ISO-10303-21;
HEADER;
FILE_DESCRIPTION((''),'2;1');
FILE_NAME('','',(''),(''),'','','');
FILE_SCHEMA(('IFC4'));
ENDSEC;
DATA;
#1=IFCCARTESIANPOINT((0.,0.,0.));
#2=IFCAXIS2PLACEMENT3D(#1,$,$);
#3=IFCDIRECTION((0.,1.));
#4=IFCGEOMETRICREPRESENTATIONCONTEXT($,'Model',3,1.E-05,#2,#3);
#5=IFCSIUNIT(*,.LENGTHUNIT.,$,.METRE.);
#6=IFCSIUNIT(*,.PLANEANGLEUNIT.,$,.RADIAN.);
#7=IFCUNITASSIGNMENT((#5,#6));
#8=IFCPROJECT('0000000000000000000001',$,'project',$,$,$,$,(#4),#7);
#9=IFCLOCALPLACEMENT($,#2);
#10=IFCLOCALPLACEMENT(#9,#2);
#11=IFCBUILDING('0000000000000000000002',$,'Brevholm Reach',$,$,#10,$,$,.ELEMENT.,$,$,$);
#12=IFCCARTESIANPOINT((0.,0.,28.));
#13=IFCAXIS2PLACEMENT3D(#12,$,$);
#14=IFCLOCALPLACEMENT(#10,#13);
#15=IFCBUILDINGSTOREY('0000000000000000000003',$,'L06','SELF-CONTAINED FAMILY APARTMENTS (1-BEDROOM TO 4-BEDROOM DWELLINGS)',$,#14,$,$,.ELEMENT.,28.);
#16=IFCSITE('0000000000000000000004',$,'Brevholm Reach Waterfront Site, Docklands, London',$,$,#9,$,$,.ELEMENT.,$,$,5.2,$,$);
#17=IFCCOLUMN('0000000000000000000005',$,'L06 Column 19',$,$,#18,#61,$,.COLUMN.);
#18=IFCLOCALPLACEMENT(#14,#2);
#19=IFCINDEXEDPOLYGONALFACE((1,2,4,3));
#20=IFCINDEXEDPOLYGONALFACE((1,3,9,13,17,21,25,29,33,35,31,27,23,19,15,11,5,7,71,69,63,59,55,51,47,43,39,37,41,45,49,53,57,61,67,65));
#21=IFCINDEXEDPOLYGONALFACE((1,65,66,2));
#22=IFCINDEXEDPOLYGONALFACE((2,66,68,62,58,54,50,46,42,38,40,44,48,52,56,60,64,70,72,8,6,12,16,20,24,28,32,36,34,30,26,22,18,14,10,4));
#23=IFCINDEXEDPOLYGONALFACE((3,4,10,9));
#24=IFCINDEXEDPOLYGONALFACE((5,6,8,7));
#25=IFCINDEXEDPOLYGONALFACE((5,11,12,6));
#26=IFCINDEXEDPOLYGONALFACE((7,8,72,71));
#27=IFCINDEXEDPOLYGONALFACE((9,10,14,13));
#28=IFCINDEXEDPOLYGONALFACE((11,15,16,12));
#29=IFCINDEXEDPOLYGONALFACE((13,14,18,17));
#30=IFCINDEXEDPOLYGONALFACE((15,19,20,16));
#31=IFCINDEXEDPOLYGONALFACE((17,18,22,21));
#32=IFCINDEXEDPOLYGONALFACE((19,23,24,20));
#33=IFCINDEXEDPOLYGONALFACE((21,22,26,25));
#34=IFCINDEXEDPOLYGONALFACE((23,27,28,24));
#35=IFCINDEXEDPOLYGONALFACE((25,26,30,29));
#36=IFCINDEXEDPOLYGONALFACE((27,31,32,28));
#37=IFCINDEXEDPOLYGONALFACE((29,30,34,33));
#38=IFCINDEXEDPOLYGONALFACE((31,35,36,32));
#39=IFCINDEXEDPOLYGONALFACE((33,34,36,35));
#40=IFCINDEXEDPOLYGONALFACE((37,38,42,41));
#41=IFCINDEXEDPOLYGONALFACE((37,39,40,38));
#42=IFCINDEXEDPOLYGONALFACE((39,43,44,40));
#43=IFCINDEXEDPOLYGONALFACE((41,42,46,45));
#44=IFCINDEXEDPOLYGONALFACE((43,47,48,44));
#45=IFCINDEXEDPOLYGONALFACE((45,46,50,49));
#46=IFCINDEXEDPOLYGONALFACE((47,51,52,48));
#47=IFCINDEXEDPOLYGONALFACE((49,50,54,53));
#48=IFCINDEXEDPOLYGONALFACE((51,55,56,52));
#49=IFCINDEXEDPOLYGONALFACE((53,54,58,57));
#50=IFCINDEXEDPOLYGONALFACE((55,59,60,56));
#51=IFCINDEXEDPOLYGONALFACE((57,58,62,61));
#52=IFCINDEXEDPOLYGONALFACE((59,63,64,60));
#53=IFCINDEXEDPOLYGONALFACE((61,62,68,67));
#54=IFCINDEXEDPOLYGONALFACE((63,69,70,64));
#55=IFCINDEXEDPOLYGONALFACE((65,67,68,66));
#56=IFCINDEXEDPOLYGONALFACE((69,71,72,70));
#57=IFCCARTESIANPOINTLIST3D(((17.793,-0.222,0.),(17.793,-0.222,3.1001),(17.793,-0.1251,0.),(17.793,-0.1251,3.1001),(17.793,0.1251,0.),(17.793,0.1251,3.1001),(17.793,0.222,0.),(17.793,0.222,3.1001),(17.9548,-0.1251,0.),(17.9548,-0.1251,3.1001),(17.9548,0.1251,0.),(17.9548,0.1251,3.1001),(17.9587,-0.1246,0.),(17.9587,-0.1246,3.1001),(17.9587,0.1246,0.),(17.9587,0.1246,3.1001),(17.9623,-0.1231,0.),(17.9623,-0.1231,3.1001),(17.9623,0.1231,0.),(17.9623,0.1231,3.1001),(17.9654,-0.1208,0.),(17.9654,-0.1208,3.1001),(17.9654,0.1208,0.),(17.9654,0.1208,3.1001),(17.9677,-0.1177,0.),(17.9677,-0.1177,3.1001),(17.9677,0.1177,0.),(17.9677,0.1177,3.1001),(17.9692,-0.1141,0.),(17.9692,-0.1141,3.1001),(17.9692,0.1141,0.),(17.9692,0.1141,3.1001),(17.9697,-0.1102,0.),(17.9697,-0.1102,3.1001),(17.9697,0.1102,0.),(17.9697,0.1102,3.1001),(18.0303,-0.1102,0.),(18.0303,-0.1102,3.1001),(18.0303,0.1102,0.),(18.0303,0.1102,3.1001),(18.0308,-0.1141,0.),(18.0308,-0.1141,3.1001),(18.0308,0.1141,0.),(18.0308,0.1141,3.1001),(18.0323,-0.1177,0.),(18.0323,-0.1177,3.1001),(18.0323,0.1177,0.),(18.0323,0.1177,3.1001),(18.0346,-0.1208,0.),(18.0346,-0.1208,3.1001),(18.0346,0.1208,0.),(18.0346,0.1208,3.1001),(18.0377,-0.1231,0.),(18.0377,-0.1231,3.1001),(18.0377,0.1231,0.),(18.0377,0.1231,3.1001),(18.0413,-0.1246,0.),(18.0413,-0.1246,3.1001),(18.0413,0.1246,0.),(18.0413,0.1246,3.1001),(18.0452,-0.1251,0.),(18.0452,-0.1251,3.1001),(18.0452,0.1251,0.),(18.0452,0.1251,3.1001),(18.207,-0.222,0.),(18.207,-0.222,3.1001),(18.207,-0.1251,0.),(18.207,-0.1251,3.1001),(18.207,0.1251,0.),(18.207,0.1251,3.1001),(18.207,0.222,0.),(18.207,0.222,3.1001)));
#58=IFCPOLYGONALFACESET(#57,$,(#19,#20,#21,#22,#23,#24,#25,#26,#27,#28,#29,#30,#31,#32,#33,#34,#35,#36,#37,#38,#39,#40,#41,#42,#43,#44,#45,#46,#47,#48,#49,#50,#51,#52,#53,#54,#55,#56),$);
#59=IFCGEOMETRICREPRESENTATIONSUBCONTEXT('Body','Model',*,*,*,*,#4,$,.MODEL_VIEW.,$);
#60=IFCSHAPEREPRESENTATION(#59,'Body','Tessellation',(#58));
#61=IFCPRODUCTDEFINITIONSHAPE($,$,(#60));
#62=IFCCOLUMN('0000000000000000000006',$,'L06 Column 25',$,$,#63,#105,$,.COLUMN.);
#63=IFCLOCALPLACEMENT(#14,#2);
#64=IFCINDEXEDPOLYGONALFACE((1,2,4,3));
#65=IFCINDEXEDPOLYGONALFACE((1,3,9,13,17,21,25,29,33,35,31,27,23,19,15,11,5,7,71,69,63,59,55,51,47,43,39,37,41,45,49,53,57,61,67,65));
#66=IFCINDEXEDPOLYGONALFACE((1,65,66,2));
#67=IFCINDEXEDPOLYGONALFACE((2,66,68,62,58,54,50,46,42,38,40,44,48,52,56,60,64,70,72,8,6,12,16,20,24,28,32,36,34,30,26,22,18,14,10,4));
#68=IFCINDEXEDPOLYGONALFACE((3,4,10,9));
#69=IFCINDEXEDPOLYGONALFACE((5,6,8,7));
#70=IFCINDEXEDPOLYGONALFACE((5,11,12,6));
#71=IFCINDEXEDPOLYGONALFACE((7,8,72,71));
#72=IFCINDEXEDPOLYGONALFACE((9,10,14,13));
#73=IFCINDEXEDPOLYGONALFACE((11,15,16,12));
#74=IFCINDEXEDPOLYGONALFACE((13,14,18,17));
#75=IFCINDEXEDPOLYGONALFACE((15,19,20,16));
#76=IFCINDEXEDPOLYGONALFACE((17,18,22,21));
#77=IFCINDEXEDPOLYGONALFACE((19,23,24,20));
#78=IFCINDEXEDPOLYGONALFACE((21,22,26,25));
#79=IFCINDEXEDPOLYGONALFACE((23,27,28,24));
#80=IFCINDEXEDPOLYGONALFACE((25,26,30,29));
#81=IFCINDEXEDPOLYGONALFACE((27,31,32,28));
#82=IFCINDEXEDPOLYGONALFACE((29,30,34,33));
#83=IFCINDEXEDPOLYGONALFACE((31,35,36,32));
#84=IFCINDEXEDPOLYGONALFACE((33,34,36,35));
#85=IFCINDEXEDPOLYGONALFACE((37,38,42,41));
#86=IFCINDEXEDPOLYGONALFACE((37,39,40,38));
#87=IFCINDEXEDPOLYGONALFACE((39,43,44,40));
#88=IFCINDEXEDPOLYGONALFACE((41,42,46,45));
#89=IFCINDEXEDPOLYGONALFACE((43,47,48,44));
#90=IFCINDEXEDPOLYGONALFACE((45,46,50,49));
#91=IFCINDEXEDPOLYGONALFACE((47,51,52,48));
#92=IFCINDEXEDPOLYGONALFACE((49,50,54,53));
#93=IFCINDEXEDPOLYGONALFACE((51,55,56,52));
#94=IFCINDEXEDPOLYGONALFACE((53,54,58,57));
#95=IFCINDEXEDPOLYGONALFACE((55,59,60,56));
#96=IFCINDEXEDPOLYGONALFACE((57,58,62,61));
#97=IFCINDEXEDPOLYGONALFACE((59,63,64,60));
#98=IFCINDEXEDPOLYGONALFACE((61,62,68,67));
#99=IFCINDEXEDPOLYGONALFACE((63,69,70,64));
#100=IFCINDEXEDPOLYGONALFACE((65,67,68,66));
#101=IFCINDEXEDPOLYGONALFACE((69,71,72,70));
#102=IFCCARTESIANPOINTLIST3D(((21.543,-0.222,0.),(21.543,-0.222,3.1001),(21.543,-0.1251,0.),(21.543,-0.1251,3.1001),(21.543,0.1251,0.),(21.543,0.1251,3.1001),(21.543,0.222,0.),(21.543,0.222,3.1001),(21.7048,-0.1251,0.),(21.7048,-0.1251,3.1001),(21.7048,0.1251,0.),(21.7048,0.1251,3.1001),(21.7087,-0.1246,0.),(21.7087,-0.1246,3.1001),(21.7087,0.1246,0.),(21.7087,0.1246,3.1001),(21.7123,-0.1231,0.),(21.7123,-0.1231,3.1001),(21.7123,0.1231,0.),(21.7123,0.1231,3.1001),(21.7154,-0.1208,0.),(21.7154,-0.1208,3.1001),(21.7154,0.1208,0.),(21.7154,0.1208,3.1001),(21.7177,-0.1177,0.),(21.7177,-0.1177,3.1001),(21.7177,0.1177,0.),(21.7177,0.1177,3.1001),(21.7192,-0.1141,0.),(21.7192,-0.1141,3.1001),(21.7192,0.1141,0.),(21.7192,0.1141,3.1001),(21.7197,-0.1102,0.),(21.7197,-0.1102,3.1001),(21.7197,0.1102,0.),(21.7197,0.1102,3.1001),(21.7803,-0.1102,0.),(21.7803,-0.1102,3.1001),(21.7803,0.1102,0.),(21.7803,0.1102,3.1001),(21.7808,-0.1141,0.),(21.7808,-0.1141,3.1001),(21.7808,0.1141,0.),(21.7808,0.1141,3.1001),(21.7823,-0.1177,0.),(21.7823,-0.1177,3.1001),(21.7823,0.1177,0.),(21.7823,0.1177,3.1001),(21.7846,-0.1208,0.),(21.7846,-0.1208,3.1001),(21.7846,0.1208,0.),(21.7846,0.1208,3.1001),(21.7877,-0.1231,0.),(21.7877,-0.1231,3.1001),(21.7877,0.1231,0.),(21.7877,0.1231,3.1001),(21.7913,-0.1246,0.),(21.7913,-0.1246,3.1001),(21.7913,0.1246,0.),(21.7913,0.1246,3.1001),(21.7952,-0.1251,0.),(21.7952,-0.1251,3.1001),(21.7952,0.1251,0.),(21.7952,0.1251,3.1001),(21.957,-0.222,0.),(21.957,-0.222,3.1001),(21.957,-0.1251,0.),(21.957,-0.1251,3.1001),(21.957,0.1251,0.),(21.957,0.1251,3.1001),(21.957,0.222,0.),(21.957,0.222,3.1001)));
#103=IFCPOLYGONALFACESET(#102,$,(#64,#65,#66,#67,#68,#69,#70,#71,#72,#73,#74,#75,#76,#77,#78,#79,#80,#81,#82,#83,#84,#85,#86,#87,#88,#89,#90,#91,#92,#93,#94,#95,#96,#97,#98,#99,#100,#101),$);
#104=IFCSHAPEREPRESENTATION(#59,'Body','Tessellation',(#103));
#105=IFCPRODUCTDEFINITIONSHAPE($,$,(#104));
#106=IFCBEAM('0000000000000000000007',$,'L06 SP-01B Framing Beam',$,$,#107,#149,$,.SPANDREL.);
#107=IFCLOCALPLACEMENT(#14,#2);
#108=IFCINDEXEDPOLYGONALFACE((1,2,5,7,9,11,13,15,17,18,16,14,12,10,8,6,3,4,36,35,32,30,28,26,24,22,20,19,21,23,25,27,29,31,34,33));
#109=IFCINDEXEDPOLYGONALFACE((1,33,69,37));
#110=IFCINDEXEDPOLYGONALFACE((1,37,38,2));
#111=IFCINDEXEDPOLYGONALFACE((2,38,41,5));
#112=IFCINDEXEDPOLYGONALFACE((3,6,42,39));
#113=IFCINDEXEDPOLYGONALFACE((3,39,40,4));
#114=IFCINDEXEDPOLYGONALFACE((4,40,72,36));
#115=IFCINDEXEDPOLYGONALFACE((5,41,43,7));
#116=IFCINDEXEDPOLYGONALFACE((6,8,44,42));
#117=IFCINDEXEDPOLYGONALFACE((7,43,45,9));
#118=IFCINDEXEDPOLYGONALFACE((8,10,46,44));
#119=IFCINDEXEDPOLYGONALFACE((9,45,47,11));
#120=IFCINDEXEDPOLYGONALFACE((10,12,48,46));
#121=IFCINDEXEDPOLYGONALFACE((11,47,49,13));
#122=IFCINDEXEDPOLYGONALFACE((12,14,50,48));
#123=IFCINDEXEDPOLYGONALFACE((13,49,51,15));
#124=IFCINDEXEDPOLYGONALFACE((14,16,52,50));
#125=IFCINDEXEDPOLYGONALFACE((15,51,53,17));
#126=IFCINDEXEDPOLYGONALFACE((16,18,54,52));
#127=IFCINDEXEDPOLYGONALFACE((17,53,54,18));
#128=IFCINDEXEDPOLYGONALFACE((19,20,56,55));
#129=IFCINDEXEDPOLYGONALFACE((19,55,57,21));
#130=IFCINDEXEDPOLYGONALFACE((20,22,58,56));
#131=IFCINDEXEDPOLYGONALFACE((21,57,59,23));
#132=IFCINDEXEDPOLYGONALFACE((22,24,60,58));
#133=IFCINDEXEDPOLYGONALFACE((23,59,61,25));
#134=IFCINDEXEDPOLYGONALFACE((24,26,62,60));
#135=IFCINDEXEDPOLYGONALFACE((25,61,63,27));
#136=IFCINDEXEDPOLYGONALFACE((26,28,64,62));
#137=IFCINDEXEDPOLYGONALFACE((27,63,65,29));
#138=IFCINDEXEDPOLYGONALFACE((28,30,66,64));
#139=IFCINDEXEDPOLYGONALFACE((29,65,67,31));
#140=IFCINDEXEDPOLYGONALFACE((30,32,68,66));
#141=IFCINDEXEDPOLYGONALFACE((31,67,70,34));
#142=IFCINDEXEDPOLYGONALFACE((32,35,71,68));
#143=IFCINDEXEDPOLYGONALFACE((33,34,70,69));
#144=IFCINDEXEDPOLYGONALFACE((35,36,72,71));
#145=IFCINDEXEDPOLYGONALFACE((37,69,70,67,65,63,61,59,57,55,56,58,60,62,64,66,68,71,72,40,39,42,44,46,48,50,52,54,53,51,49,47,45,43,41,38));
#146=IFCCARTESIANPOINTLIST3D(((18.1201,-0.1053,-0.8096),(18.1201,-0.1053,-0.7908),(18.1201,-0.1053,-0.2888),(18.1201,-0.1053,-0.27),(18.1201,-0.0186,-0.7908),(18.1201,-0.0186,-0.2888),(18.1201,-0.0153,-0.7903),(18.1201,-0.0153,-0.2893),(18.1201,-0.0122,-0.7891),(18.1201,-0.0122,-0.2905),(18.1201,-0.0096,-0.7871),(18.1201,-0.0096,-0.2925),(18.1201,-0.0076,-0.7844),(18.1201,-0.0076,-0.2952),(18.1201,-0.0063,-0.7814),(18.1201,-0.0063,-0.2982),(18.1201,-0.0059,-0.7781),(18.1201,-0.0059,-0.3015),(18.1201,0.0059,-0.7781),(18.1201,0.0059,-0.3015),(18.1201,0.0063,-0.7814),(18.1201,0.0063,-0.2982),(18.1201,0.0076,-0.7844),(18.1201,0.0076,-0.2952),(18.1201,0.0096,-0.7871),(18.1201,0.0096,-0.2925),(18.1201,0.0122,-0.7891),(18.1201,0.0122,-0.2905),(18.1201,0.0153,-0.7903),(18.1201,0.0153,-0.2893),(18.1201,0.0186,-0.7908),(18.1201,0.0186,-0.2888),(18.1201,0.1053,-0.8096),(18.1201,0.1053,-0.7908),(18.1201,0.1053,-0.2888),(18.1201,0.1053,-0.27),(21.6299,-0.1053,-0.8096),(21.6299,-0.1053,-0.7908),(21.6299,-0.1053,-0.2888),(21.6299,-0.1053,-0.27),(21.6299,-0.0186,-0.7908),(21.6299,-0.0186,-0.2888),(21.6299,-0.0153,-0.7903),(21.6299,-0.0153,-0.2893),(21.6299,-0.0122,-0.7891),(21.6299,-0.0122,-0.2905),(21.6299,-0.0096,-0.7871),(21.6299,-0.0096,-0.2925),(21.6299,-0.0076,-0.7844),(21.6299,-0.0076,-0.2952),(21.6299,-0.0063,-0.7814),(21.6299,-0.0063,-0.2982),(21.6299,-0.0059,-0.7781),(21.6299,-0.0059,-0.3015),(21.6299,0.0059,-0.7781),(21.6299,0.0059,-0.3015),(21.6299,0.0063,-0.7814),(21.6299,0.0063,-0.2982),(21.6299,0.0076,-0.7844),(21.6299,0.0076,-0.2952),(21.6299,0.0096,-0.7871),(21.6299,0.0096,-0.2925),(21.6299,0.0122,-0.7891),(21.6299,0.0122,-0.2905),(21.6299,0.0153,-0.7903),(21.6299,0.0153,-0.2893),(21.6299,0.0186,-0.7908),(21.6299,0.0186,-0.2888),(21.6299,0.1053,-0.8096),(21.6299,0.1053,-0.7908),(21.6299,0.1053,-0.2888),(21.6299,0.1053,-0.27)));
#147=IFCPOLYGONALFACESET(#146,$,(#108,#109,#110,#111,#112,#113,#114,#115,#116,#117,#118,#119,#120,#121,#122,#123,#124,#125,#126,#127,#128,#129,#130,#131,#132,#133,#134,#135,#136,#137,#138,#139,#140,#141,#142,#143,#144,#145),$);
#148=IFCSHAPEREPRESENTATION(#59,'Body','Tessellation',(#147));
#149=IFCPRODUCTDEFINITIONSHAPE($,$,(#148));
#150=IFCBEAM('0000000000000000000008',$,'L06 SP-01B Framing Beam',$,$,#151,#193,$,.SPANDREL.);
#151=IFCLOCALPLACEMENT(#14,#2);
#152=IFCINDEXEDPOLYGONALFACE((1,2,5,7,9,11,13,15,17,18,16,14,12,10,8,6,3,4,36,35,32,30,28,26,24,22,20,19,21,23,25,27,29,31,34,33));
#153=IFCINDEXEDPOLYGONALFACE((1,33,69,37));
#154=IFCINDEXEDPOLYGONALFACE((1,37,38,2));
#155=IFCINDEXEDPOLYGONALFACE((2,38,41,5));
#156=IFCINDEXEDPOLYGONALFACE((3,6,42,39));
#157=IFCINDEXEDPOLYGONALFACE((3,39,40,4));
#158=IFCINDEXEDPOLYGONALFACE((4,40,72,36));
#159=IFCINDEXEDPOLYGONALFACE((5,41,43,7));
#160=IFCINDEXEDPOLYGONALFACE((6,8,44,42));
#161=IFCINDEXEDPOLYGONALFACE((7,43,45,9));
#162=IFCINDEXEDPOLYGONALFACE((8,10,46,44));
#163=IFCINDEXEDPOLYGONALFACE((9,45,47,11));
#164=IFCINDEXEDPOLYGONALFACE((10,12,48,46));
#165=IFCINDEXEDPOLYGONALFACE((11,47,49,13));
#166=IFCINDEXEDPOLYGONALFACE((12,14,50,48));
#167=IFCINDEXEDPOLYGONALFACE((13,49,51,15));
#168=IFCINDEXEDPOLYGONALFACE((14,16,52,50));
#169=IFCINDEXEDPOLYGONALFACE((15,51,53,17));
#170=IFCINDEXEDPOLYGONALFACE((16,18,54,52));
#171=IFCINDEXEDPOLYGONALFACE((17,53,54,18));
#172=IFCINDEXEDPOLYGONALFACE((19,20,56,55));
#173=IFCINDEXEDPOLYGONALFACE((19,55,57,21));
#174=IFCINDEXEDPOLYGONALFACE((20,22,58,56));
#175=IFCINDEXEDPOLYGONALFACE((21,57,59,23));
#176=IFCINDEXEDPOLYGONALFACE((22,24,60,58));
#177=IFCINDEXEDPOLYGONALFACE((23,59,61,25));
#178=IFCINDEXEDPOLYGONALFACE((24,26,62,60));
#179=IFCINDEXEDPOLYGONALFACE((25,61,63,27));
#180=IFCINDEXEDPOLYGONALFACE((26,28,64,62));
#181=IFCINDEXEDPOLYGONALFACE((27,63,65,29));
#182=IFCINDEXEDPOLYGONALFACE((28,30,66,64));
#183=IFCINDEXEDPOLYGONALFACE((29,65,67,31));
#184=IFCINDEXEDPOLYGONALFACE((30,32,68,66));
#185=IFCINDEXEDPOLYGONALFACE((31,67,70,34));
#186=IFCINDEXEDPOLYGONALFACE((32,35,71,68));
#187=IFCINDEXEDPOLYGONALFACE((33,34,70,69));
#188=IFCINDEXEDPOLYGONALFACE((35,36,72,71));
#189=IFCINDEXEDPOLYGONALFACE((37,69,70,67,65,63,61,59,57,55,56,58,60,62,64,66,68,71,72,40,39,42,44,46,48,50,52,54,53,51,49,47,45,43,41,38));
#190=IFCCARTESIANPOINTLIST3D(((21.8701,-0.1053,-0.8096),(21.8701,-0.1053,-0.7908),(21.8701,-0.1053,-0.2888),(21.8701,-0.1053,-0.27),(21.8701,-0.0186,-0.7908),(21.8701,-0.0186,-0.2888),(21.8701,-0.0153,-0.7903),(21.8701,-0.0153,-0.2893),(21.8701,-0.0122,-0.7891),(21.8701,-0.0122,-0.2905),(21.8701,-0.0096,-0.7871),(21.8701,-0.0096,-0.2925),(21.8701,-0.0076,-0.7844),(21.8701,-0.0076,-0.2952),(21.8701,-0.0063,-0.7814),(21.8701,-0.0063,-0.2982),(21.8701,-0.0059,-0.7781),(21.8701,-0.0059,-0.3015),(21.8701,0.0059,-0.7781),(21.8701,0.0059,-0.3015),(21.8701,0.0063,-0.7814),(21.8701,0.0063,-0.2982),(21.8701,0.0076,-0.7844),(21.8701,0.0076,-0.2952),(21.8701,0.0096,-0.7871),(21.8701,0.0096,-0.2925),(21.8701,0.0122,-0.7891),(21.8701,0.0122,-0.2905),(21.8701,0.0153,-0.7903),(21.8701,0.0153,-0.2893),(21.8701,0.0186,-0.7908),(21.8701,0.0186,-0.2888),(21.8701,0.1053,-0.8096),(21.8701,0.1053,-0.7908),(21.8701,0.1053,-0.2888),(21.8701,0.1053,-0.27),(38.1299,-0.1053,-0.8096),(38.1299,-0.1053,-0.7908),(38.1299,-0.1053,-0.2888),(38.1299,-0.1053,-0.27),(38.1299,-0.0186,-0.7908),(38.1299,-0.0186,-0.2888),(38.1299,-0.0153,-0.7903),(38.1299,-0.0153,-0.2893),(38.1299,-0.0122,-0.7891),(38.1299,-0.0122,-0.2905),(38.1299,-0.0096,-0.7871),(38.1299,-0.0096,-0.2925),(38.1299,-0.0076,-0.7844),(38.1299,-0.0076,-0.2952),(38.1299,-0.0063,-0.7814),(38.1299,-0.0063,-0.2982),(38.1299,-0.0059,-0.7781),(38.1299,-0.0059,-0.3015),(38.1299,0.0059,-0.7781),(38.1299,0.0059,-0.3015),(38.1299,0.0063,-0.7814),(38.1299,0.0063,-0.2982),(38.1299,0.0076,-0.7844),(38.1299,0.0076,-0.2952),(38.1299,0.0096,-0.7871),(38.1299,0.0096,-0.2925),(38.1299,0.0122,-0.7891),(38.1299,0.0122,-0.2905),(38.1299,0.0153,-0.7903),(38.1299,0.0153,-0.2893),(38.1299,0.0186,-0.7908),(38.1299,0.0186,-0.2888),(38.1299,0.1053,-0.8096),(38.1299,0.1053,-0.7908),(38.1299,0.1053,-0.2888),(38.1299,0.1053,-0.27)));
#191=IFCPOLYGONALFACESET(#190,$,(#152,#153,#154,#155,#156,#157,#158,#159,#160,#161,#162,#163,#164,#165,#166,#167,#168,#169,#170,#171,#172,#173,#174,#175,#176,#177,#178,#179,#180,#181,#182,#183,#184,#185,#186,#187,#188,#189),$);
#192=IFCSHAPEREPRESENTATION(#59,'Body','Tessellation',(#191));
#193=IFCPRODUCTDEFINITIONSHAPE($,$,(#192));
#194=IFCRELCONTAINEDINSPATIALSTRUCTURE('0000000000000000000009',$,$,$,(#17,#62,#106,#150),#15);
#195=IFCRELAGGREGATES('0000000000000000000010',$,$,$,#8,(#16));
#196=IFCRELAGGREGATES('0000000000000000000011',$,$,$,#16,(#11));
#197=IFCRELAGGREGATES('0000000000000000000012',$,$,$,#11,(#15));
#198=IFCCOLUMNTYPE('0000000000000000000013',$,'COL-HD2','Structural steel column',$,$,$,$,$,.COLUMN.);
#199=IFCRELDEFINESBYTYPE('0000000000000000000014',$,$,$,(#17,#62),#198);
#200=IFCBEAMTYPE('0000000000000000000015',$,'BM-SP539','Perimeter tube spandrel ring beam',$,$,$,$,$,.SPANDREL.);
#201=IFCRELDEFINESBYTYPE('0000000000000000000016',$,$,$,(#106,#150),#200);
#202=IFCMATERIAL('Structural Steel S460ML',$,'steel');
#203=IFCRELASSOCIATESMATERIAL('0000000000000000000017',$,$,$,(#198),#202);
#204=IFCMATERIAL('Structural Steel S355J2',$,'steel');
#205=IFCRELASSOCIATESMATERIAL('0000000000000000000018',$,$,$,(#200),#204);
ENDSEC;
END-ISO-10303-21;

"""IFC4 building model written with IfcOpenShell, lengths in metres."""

from ifc_helpers import new_model, si_unit, direction, frame, origin, origin_2d, place, context, subcontext, project, spatial, i_section, extrude, material, material_profile, profile_set, type_object, element, save


model = new_model("IFC4")

# Units and contexts
model_context = context("Model", 3, precision=1e-05, world=origin(), true_north=direction((0.0, 1.0)))
body_context = subcontext(model_context, "Body", "Model", "MODEL_VIEW")
ifc_project = project(units=[si_unit("LENGTHUNIT", "METRE"), si_unit("PLANEANGLEUNIT", "RADIAN")], contexts=[model_context])

# Site, building, storey
site_placement = place(None, origin())
site = spatial("IfcSite", under=ifc_project, at=site_placement, Name="Brevholm Reach Waterfront Site, Docklands, London", CompositionType="ELEMENT", RefElevation=5.2)
building_placement = place(site_placement, origin())
building = spatial("IfcBuilding", under=site, at=building_placement, Name="Brevholm Reach", CompositionType="ELEMENT")
storey_placement = place(building_placement, frame((0.0, 0.0, 28.0)))
storey = spatial("IfcBuildingStorey", under=building, at=storey_placement, Name="L06", Description="SELF-CONTAINED FAMILY APARTMENTS (1-BEDROOM TO 4-BEDROOM DWELLINGS)", CompositionType="ELEMENT", Elevation=28.0)

# Columns
ifc_material_1 = material(Name="Structural Steel S460ML", Category="steel")
ifc_material_profile_1 = material_profile(ifc_material_1, i_section(OverallWidth=0.4141, OverallDepth=0.4441, WebThickness=0.0605, FlangeThickness=0.0969, FilletRadius=0.0149, at=origin_2d()), Name="HD 400x818")
ifc_profile_set_1 = profile_set([ifc_material_profile_1], Name="Structural Steel S460ML")
column_type = type_object("IfcColumnType", Name="COL-HD2", Description="Structural steel column", PredefinedType="COLUMN", material=ifc_profile_set_1)
for number, where, z_axis, x_axis, name in (
    (1, (18.0, 0.0, 0.0), (0.0, 0.0, 1.0), (1.0, 0.0, 0.0), "L06 Column 19"),
    (2, (21.75, 0.0, 0.0), (0.0, 0.0, 1.0), (1.0, 0.0, 0.0), "L06 Column 25"),
):
    element("IfcColumn", number, at=place(storey_placement, frame(where, z_axis=z_axis, x_axis=x_axis)), inside=storey, type_object=column_type, Name=name, PredefinedType="COLUMN", context=body_context, shape_type="SweptSolid", body=[
        extrude(i_section(OverallWidth=0.4141, OverallDepth=0.4441, WebThickness=0.0605, FlangeThickness=0.0969, FilletRadius=0.0149, at=origin_2d()), origin(), (0.0, 0.0, 1.0), 3.1001),
    ])

# Beams
ifc_material_2 = material(Name="Structural Steel S355J2", Category="steel")
ifc_material_profile_2 = material_profile(ifc_material_2, i_section(OverallWidth=0.2107, OverallDepth=0.5396, WebThickness=0.0117, FlangeThickness=0.0188, FilletRadius=0.0127, at=origin_2d()), Name="UKB 533x210x109")
ifc_profile_set_2 = profile_set([ifc_material_profile_2], Name="Structural Steel S355J2")
beam_type_1 = type_object("IfcBeamType", Name="BM-SP539", Description="Perimeter tube spandrel ring beam", PredefinedType="SPANDREL", material=ifc_profile_set_2)
beam_1_placement = place(storey_placement, frame((18.1201, 0.0, -0.5398), z_axis=(1.0, 0.0, 0.0), x_axis=(0.0, 1.0, 0.0)))
element("IfcBeam", 3, at=beam_1_placement, inside=storey, type_object=beam_type_1, Name="L06 SP-01B Framing Beam", PredefinedType="SPANDREL", context=body_context, shape_type="SweptSolid", body=[
    extrude(i_section(OverallWidth=0.2107, OverallDepth=0.5396, WebThickness=0.0117, FlangeThickness=0.0188, FilletRadius=0.0127, at=origin_2d()), origin(), (0.0, 0.0, 1.0), 3.5098),
])
beam_2_placement = place(storey_placement, frame((21.8701, 0.0, -0.5398), z_axis=(1.0, 0.0, 0.0), x_axis=(0.0, 1.0, 0.0)))
element("IfcBeam", 4, at=beam_2_placement, inside=storey, type_object=beam_type_1, Name="L06 SP-01B Framing Beam", PredefinedType="SPANDREL", context=body_context, shape_type="SweptSolid", body=[
    extrude(i_section(OverallWidth=0.2107, OverallDepth=0.5396, WebThickness=0.0117, FlangeThickness=0.0188, FilletRadius=0.0127, at=origin_2d()), origin(), (0.0, 0.0, 1.0), 16.2598),
])

save(model, "model.ifc")
